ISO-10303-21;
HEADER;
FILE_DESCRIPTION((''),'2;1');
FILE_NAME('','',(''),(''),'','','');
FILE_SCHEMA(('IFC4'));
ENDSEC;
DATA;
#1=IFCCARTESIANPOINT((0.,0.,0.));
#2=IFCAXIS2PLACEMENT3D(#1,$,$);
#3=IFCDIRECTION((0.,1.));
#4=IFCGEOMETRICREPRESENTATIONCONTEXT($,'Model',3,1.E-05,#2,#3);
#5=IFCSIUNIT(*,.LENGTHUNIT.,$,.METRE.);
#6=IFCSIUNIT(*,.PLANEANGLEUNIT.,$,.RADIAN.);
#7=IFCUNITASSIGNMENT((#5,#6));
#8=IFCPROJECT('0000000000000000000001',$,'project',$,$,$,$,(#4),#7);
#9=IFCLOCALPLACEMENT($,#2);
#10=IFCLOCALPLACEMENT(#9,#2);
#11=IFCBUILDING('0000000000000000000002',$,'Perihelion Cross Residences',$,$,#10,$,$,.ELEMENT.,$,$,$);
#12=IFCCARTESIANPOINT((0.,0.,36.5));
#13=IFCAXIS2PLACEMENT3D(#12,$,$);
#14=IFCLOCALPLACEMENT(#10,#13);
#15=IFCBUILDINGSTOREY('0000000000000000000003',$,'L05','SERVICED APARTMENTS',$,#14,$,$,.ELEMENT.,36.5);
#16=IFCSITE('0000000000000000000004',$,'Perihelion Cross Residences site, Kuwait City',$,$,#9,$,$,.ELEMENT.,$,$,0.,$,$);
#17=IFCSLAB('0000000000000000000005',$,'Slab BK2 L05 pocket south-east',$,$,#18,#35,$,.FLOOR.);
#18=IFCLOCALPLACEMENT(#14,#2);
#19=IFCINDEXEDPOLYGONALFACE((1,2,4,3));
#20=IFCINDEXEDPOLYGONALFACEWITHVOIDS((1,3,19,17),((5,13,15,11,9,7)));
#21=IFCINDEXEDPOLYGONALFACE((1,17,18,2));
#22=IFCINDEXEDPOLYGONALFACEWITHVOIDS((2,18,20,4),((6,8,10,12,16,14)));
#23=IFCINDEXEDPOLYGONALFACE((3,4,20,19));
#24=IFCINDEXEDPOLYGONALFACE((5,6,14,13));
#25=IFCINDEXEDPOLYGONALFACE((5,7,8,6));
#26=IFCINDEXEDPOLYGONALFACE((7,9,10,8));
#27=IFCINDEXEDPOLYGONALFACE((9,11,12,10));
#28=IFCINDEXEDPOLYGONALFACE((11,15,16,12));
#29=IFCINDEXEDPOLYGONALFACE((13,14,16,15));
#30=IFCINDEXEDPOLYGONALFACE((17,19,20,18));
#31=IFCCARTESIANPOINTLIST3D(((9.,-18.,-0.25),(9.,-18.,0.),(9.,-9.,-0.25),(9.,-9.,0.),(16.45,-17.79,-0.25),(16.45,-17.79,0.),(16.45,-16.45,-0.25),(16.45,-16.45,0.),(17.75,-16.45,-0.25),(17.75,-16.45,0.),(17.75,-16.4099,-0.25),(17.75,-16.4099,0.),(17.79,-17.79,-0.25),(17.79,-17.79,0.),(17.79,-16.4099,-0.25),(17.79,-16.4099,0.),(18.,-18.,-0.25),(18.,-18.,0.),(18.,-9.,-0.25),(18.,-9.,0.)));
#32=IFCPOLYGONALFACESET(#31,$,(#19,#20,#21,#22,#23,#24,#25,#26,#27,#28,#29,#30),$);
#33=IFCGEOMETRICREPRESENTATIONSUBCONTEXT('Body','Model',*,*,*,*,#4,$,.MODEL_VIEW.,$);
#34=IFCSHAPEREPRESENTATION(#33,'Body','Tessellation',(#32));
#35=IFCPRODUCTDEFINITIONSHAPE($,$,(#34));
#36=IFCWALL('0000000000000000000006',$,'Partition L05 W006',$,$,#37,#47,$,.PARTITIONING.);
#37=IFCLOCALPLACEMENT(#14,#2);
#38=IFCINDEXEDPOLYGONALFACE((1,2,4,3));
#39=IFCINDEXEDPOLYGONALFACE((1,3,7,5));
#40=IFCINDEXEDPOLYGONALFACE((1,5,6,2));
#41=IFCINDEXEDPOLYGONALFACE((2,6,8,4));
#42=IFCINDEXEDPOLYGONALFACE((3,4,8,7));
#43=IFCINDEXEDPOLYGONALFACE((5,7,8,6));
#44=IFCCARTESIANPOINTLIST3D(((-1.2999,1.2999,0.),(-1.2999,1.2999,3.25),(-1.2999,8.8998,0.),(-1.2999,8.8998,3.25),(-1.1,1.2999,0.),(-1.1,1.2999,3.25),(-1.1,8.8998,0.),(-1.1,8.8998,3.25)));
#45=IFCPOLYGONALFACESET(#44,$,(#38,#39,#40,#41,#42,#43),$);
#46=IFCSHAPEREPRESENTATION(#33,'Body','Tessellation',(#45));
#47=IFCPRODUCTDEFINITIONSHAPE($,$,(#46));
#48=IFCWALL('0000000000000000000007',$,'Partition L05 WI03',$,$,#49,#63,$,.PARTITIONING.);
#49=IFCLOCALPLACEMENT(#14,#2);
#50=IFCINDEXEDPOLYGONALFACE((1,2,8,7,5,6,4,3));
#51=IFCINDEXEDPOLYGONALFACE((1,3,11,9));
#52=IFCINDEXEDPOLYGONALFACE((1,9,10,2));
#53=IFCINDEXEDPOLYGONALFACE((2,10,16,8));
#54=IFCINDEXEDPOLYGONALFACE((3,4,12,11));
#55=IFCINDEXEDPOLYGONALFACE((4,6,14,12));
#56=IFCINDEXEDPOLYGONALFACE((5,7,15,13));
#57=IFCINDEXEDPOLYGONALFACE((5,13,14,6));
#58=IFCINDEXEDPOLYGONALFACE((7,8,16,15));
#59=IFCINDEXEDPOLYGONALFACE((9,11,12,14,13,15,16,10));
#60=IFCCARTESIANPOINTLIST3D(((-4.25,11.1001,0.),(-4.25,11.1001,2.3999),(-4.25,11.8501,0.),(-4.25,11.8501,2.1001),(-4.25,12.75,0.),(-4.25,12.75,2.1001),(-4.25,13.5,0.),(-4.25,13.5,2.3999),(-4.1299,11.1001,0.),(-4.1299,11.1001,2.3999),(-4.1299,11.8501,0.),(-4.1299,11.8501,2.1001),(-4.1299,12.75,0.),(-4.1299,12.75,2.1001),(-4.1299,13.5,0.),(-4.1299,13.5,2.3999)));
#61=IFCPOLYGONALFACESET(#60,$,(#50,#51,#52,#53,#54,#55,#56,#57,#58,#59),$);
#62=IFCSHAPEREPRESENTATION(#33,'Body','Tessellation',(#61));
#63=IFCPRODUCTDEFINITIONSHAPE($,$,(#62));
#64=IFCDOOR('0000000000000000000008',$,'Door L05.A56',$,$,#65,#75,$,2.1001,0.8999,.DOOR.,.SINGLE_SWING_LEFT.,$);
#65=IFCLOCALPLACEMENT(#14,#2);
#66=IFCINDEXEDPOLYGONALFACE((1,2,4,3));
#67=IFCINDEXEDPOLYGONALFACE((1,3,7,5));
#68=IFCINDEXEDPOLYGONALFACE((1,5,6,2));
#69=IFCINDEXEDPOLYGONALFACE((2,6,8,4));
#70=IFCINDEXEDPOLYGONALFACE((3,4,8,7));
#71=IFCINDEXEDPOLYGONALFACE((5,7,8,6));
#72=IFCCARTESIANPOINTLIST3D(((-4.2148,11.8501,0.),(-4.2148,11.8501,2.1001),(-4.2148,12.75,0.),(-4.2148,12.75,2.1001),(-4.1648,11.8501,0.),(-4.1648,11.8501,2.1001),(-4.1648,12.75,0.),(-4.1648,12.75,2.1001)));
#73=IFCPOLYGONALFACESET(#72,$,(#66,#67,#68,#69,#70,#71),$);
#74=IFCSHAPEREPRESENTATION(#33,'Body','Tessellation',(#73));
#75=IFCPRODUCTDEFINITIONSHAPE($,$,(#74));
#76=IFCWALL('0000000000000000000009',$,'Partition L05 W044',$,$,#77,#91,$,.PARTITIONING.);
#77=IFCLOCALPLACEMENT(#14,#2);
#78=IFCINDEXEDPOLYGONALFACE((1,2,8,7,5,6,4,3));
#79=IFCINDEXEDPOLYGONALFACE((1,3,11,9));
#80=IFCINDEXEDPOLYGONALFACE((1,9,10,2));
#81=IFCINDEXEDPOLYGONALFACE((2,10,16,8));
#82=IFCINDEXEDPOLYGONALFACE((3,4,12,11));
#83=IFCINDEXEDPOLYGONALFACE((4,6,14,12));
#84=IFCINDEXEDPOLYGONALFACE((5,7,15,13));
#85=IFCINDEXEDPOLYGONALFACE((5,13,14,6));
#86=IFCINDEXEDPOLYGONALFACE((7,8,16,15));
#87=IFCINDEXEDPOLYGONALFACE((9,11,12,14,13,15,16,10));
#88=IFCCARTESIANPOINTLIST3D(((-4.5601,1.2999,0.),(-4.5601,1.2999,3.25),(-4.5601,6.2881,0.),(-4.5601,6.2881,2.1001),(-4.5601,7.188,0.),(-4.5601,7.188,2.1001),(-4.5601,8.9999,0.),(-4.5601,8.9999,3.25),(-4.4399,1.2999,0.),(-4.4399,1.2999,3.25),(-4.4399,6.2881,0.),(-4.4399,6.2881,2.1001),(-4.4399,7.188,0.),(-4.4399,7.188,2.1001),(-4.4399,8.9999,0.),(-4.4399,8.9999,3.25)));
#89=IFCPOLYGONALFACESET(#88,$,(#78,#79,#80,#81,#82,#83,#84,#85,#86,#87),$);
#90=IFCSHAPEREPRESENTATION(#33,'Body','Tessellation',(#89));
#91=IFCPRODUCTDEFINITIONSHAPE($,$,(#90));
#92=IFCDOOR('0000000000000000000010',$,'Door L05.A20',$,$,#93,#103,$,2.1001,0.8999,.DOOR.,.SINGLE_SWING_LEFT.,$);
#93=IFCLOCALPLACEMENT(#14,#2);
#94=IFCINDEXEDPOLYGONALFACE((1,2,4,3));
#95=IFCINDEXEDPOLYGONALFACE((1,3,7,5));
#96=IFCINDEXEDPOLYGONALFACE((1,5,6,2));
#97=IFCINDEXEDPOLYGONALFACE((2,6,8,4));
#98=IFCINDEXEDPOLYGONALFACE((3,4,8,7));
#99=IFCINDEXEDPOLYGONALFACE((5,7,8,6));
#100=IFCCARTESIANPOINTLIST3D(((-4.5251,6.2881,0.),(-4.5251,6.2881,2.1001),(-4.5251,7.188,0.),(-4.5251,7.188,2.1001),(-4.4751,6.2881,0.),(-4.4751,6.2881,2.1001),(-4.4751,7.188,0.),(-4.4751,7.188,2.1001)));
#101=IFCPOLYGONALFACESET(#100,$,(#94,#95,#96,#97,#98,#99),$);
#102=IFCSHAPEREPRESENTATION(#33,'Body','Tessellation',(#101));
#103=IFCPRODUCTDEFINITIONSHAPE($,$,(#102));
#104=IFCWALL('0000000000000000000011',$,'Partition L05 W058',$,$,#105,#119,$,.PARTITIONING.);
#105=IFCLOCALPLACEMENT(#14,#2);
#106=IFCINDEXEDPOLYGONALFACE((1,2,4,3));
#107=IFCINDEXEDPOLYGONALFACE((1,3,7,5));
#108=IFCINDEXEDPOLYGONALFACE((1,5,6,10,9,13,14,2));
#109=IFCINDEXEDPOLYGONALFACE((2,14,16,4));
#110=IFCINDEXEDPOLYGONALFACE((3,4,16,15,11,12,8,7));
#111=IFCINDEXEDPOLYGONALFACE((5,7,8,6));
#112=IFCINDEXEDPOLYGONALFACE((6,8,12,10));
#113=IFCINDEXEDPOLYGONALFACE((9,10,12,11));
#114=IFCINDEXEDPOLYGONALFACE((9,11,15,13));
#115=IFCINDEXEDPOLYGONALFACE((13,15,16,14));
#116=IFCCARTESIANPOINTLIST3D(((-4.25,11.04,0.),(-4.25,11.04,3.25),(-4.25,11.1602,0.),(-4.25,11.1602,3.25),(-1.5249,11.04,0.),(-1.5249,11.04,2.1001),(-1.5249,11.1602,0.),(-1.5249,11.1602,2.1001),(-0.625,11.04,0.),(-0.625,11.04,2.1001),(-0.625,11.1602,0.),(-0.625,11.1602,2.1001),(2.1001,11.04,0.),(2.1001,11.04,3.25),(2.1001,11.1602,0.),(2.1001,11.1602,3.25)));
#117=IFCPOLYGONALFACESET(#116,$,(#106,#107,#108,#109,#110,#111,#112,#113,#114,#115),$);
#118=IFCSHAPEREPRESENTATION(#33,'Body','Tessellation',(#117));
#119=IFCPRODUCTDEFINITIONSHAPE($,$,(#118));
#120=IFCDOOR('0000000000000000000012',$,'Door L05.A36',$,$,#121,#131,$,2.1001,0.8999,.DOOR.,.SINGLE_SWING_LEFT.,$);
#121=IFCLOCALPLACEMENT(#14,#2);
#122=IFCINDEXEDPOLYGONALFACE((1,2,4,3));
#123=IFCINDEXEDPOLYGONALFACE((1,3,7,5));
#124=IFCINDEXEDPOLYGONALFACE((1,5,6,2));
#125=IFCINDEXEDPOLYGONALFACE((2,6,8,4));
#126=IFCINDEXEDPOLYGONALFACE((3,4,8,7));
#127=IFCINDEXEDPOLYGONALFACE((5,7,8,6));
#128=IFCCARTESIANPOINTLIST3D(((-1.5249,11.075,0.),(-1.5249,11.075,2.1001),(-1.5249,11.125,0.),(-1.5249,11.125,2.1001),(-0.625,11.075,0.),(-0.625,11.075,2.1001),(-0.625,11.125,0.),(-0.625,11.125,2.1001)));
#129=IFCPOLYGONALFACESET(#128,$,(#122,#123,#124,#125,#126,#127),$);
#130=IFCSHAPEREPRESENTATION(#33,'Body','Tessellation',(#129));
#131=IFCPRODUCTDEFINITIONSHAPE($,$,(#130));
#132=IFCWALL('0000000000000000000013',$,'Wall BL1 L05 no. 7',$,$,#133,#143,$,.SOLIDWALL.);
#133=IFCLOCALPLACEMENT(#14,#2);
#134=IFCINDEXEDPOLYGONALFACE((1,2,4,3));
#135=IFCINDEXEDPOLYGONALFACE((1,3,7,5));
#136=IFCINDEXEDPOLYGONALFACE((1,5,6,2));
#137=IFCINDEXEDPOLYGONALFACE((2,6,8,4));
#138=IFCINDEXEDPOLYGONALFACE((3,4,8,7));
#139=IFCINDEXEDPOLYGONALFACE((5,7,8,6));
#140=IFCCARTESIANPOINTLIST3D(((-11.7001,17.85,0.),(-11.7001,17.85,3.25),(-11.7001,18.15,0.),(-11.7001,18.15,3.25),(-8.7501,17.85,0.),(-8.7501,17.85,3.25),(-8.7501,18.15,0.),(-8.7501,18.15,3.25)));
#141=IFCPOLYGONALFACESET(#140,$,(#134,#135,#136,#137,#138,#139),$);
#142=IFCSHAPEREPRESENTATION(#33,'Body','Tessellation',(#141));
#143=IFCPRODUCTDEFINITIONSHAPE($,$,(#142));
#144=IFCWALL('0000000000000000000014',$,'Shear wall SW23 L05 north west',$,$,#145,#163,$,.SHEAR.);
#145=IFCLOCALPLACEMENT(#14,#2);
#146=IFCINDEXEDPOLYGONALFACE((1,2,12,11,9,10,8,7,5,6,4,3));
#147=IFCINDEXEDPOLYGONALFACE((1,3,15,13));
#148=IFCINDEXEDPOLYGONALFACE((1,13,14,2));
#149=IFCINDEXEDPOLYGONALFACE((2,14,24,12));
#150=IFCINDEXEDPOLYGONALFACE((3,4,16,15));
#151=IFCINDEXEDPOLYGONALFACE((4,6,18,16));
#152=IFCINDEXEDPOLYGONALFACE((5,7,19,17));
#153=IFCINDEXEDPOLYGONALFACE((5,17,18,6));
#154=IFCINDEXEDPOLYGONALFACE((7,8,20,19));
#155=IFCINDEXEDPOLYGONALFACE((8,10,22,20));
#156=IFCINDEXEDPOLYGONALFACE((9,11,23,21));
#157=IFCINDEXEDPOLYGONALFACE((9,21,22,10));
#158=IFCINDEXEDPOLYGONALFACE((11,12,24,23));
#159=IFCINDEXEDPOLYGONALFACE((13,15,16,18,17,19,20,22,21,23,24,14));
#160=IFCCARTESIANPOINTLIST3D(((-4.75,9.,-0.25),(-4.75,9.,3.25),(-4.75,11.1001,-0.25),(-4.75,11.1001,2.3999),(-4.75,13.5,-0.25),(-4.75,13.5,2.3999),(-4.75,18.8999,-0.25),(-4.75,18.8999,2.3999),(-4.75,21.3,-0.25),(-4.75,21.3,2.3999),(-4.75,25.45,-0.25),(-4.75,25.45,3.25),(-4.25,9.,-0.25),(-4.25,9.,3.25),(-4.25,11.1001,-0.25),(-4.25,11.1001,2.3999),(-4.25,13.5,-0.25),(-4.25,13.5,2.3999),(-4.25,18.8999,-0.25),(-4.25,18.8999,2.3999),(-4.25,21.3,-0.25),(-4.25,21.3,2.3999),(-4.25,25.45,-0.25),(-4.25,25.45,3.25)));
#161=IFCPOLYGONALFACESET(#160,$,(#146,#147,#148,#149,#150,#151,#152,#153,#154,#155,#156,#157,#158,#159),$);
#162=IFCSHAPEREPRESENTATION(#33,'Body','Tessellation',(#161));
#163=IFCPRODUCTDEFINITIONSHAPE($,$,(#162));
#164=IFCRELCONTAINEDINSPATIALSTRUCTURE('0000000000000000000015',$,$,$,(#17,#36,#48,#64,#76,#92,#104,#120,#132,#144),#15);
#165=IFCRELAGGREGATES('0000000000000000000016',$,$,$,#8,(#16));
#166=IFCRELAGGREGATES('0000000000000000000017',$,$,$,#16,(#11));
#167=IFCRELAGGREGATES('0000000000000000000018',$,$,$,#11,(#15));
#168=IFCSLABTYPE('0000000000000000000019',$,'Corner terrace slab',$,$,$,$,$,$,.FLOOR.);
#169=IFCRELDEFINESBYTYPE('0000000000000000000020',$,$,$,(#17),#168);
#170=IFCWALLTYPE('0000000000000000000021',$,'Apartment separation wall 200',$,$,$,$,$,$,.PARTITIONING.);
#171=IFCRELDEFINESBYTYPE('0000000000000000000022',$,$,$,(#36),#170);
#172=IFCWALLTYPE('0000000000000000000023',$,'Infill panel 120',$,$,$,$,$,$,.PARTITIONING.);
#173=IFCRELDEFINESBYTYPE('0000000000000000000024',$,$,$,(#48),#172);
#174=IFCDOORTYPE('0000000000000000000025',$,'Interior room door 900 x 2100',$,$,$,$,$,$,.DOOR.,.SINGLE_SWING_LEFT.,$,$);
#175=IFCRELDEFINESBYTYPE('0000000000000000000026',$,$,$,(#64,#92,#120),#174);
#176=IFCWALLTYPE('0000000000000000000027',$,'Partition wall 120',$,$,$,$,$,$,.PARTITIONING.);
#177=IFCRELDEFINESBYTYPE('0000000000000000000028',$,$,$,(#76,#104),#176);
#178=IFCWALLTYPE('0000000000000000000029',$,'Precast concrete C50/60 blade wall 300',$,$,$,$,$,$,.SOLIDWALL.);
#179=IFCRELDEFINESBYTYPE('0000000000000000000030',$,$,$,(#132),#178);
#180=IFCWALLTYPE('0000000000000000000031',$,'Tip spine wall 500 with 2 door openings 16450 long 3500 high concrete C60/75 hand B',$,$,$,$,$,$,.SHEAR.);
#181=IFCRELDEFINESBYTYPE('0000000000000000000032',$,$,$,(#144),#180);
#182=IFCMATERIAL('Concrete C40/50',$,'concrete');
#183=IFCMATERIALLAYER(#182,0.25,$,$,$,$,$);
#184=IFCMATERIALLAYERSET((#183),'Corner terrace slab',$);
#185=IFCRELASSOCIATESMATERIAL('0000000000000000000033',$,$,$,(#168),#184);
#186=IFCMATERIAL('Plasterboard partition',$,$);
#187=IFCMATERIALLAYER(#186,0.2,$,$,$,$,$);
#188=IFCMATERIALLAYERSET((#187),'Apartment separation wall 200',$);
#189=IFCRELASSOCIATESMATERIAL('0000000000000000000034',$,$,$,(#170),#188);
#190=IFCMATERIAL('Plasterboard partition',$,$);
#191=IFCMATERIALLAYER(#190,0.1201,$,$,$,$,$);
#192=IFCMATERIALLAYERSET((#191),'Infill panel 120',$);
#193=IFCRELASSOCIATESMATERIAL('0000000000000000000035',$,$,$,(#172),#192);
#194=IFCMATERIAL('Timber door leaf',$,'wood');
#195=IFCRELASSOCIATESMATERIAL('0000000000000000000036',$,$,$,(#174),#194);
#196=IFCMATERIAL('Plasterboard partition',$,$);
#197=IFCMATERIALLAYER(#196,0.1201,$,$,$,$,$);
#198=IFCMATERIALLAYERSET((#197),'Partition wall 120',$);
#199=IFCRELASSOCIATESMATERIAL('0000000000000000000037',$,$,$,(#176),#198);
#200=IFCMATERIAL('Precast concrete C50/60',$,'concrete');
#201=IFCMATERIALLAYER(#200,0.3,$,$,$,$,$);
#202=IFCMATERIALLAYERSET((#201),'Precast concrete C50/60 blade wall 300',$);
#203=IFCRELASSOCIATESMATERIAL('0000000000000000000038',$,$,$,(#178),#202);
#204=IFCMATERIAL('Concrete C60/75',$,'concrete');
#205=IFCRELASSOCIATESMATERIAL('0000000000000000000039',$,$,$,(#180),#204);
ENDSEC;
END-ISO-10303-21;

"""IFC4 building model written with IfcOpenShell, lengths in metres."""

from ifc_helpers import new_model, si_unit, direction, frame, frame_2d, origin, place, context, subcontext, project, spatial, polyline, rectangle, outline, extrude, material, layer, layer_set, material_profile, profile_set, type_object, element, fill, save


model = new_model("IFC4")

# Units and contexts
model_context = context("Model", 3, precision=1e-05, world=origin(), true_north=direction((0.0, 1.0)))
body_context = subcontext(model_context, "Body", "Model", "MODEL_VIEW")
ifc_project = project(units=[si_unit("LENGTHUNIT", "METRE"), si_unit("PLANEANGLEUNIT", "RADIAN")], contexts=[model_context])

# Site, building, storey
site_placement = place(None, origin())
site = spatial("IfcSite", under=ifc_project, at=site_placement, Name="Perihelion Cross Residences site, Kuwait City", CompositionType="ELEMENT", RefElevation=0.0)
building_placement = place(site_placement, origin())
building = spatial("IfcBuilding", under=site, at=building_placement, Name="Perihelion Cross Residences", CompositionType="ELEMENT")
storey_placement = place(building_placement, frame((0.0, 0.0, 36.5)))
storey = spatial("IfcBuildingStorey", under=building, at=storey_placement, Name="L05", Description="SERVICED APARTMENTS", CompositionType="ELEMENT", Elevation=36.5)

# Slab
ifc_material_1 = material(Name="Concrete C40/50", Category="concrete")
ifc_layer_1 = layer(ifc_material_1, 0.25)
ifc_layer_set_1 = layer_set([ifc_layer_1], Name="Corner terrace slab")
slab_type_1 = type_object("IfcSlabType", Name="Corner terrace slab", PredefinedType="FLOOR", material=ifc_layer_set_1)
slab_1_placement = place(storey_placement, frame((0.0, 0.0, -0.25)))
element("IfcSlab", 1, at=slab_1_placement, inside=storey, type_object=slab_type_1, Name="Slab BK2 L05 pocket south-east", PredefinedType="FLOOR", context=body_context, shape_type="SweptSolid", body=[
    extrude(outline(polyline([(18.0, -18.0), (18.0, -9.0), (9.0, -9.0), (9.0, -18.0), (18.0, -18.0)]), holes=[polyline([(16.45, -17.79), (16.45, -16.45), (17.75, -16.45), (17.75, -16.4099), (17.79, -16.4099), (17.79, -17.79), (16.45, -17.79)])]), origin(), (0.0, 0.0, 1.0), 0.25),
])

# Wall
ifc_material_2 = material(Name="Plasterboard partition")
ifc_layer_2 = layer(ifc_material_2, 0.2)
ifc_layer_set_2 = layer_set([ifc_layer_2], Name="Apartment separation wall 200")
wall_type_1 = type_object("IfcWallType", Name="Apartment separation wall 200", PredefinedType="PARTITIONING", material=ifc_layer_set_2)
wall_1_placement = place(storey_placement, frame((-1.2, 1.3, 0.0), z_axis=(0.0, 0.0, 1.0), x_axis=(0.0, 1.0, 0.0)))
element("IfcWall", 2, at=wall_1_placement, inside=storey, type_object=wall_type_1, Name="Partition L05 W006", PredefinedType="PARTITIONING", context=body_context, shape_type="SweptSolid", body=[
    extrude(rectangle(XDim=7.5999, YDim=0.2, at=frame_2d((3.7998, 0.0))), origin(), (0.0, 0.0, 1.0), 3.25),
])

# Walls, openings, doors
ifc_material_3 = material(Name="Plasterboard partition")
ifc_layer_3 = layer(ifc_material_3, 0.1201)
ifc_layer_set_3 = layer_set([ifc_layer_3], Name="Infill panel 120")
wall_type_2 = type_object("IfcWallType", Name="Infill panel 120", PredefinedType="PARTITIONING", material=ifc_layer_set_3)
wall_2_placement = place(storey_placement, frame((-4.1899, 11.1001, 0.0), z_axis=(0.0, 0.0, 1.0), x_axis=(0.0, 1.0, 0.0)))
wall_2 = element("IfcWall", 3, at=wall_2_placement, inside=storey, type_object=wall_type_2, Name="Partition L05 WI03", PredefinedType="PARTITIONING", context=body_context, shape_type="SweptSolid", body=[
    extrude(rectangle(XDim=2.3999, YDim=0.1201, at=frame_2d((1.2, 0.0))), origin(), (0.0, 0.0, 1.0), 2.3999),
])
opening_1_placement = place(wall_2_placement, frame((0.75, 0.0, 0.0)))
opening_1 = element("IfcOpeningElement", 4, at=opening_1_placement, cuts=wall_2, PredefinedType="OPENING", context=body_context, shape_type="SweptSolid", body=[
    extrude(rectangle(XDim=0.8999, YDim=2.1001, at=frame_2d((0.45, 1.05))), frame((0.0, 0.0701, 0.0), z_axis=(0.0, -1.0, 0.0), x_axis=(1.0, 0.0, 0.0)), (0.0, 0.0, 1.0), 0.1401),
])
ifc_material_4 = material(Name="Timber door leaf", Category="wood")
door_type = type_object("IfcDoorType", Name="Interior room door 900 x 2100", OperationType="SINGLE_SWING_LEFT", PredefinedType="DOOR", material=ifc_material_4)
door_1_placement = place(opening_1_placement, origin())
door_1 = element("IfcDoor", 5, at=door_1_placement, inside=storey, type_object=door_type, Name="Door L05.A56", OperationType="SINGLE_SWING_LEFT", OverallHeight=2.1001, OverallWidth=0.8999, PredefinedType="DOOR", context=body_context, shape_type="SweptSolid", body=[
    extrude(rectangle(XDim=0.8999, YDim=2.1001, at=frame_2d((0.45, 1.05))), frame((0.0, 0.0249, 0.0), z_axis=(0.0, -1.0, 0.0), x_axis=(1.0, 0.0, 0.0)), (0.0, 0.0, 1.0), 0.05),
])
fill(opening_1, door_1)
ifc_material_5 = material(Name="Plasterboard partition")
ifc_layer_4 = layer(ifc_material_5, 0.1201)
ifc_layer_set_4 = layer_set([ifc_layer_4], Name="Partition wall 120")
wall_type_3 = type_object("IfcWallType", Name="Partition wall 120", PredefinedType="PARTITIONING", material=ifc_layer_set_4)
wall_3_placement = place(storey_placement, frame((-4.5, 9.0, 0.0), z_axis=(0.0, 0.0, 1.0), x_axis=(0.0, -1.0, 0.0)))
wall_3 = element("IfcWall", 6, at=wall_3_placement, inside=storey, type_object=wall_type_3, Name="Partition L05 W044", PredefinedType="PARTITIONING", context=body_context, shape_type="SweptSolid", body=[
    extrude(rectangle(XDim=7.7, YDim=0.1201, at=frame_2d((3.8501, 0.0))), origin(), (0.0, 0.0, 1.0), 3.25),
])
opening_2_placement = place(wall_3_placement, frame((1.812, 0.0, 0.0)))
opening_2 = element("IfcOpeningElement", 7, at=opening_2_placement, cuts=wall_3, PredefinedType="OPENING", context=body_context, shape_type="SweptSolid", body=[
    extrude(rectangle(XDim=0.8999, YDim=2.1001, at=frame_2d((0.45, 1.05))), frame((0.0, 0.0701, 0.0), z_axis=(0.0, -1.0, 0.0), x_axis=(1.0, 0.0, 0.0)), (0.0, 0.0, 1.0), 0.1401),
])
door_2_placement = place(opening_2_placement, origin())
door_2 = element("IfcDoor", 8, at=door_2_placement, inside=storey, type_object=door_type, Name="Door L05.A20", OperationType="SINGLE_SWING_LEFT", OverallHeight=2.1001, OverallWidth=0.8999, PredefinedType="DOOR", context=body_context, shape_type="SweptSolid", body=[
    extrude(rectangle(XDim=0.8999, YDim=2.1001, at=frame_2d((0.45, 1.05))), frame((0.0, 0.0249, 0.0), z_axis=(0.0, -1.0, 0.0), x_axis=(1.0, 0.0, 0.0)), (0.0, 0.0, 1.0), 0.05),
])
fill(opening_2, door_2)
wall_4_placement = place(storey_placement, frame((-4.25, 11.1001, 0.0), z_axis=(0.0, 0.0, 1.0), x_axis=(1.0, 0.0, 0.0)))
wall_4 = element("IfcWall", 9, at=wall_4_placement, inside=storey, type_object=wall_type_3, Name="Partition L05 W058", PredefinedType="PARTITIONING", context=body_context, shape_type="SweptSolid", body=[
    extrude(rectangle(XDim=6.3501, YDim=0.1201, at=frame_2d((3.175, 0.0))), origin(), (0.0, 0.0, 1.0), 3.25),
])
opening_3_placement = place(wall_4_placement, frame((2.7251, 0.0, 0.0)))
opening_3 = element("IfcOpeningElement", 10, at=opening_3_placement, cuts=wall_4, PredefinedType="OPENING", context=body_context, shape_type="SweptSolid", body=[
    extrude(rectangle(XDim=0.8999, YDim=2.1001, at=frame_2d((0.45, 1.05))), frame((0.0, 0.0701, 0.0), z_axis=(0.0, -1.0, 0.0), x_axis=(1.0, 0.0, 0.0)), (0.0, 0.0, 1.0), 0.1401),
])
door_3_placement = place(opening_3_placement, origin())
door_3 = element("IfcDoor", 11, at=door_3_placement, inside=storey, type_object=door_type, Name="Door L05.A36", OperationType="SINGLE_SWING_LEFT", OverallHeight=2.1001, OverallWidth=0.8999, PredefinedType="DOOR", context=body_context, shape_type="SweptSolid", body=[
    extrude(rectangle(XDim=0.8999, YDim=2.1001, at=frame_2d((0.45, 1.05))), frame((0.0, 0.0249, 0.0), z_axis=(0.0, -1.0, 0.0), x_axis=(1.0, 0.0, 0.0)), (0.0, 0.0, 1.0), 0.05),
])
fill(opening_3, door_3)

# Walls
ifc_material_6 = material(Name="Precast concrete C50/60", Category="concrete")
ifc_layer_5 = layer(ifc_material_6, 0.3)
ifc_layer_set_5 = layer_set([ifc_layer_5], Name="Precast concrete C50/60 blade wall 300")
wall_type_4 = type_object("IfcWallType", Name="Precast concrete C50/60 blade wall 300", PredefinedType="SOLIDWALL", material=ifc_layer_set_5)
wall_5_placement = place(storey_placement, frame((-8.75, 18.0, 0.0), z_axis=(0.0, 0.0, 1.0), x_axis=(-1.0, 0.0, 0.0)))
element("IfcWall", 12, at=wall_5_placement, inside=storey, type_object=wall_type_4, Name="Wall BL1 L05 no. 7", PredefinedType="SOLIDWALL", context=body_context, shape_type="SweptSolid", body=[
    extrude(rectangle(XDim=2.95, YDim=0.3, at=frame_2d((1.4751, 0.0))), origin(), (0.0, 0.0, 1.0), 3.25),
])
ifc_material_7 = material(Name="Concrete C60/75", Category="concrete")
ifc_material_profile_1 = material_profile(ifc_material_7, outline(polyline([(0.0, 0.0), (2.1001, 0.0), (2.1001, 2.6499), (4.5, 2.6499), (4.5, 0.0), (9.8999, 0.0), (9.8999, 2.6499), (12.3, 2.6499), (12.3, 0.0), (16.45, 0.0), (16.45, 3.5), (0.0, 3.5), (0.0, 0.0)])), Name="Tip spine wall")
ifc_profile_set_1 = profile_set([ifc_material_profile_1], Name="Concrete C60/75")
wall_type_5 = type_object("IfcWallType", Name="Tip spine wall 500 with 2 door openings 16450 long 3500 high concrete C60/75 hand B", PredefinedType="SHEAR", material=ifc_profile_set_1)
wall_6_placement = place(storey_placement, frame((-4.75, 9.0, -0.25), z_axis=(1.0, 0.0, 0.0), x_axis=(0.0, 1.0, 0.0)))
element("IfcWall", 13, at=wall_6_placement, inside=storey, type_object=wall_type_5, Name="Shear wall SW23 L05 north west", PredefinedType="SHEAR", context=body_context, shape_type="SweptSolid", body=[
    extrude(outline(polyline([(0.0, 0.0), (2.1001, 0.0), (2.1001, 2.6499), (4.5, 2.6499), (4.5, 0.0), (9.8999, 0.0), (9.8999, 2.6499), (12.3, 2.6499), (12.3, 0.0), (16.45, 0.0), (16.45, 3.5), (0.0, 3.5), (0.0, 0.0)])), origin(), (0.0, 0.0, 1.0), 0.5),
])

save(model, "model.ifc")
